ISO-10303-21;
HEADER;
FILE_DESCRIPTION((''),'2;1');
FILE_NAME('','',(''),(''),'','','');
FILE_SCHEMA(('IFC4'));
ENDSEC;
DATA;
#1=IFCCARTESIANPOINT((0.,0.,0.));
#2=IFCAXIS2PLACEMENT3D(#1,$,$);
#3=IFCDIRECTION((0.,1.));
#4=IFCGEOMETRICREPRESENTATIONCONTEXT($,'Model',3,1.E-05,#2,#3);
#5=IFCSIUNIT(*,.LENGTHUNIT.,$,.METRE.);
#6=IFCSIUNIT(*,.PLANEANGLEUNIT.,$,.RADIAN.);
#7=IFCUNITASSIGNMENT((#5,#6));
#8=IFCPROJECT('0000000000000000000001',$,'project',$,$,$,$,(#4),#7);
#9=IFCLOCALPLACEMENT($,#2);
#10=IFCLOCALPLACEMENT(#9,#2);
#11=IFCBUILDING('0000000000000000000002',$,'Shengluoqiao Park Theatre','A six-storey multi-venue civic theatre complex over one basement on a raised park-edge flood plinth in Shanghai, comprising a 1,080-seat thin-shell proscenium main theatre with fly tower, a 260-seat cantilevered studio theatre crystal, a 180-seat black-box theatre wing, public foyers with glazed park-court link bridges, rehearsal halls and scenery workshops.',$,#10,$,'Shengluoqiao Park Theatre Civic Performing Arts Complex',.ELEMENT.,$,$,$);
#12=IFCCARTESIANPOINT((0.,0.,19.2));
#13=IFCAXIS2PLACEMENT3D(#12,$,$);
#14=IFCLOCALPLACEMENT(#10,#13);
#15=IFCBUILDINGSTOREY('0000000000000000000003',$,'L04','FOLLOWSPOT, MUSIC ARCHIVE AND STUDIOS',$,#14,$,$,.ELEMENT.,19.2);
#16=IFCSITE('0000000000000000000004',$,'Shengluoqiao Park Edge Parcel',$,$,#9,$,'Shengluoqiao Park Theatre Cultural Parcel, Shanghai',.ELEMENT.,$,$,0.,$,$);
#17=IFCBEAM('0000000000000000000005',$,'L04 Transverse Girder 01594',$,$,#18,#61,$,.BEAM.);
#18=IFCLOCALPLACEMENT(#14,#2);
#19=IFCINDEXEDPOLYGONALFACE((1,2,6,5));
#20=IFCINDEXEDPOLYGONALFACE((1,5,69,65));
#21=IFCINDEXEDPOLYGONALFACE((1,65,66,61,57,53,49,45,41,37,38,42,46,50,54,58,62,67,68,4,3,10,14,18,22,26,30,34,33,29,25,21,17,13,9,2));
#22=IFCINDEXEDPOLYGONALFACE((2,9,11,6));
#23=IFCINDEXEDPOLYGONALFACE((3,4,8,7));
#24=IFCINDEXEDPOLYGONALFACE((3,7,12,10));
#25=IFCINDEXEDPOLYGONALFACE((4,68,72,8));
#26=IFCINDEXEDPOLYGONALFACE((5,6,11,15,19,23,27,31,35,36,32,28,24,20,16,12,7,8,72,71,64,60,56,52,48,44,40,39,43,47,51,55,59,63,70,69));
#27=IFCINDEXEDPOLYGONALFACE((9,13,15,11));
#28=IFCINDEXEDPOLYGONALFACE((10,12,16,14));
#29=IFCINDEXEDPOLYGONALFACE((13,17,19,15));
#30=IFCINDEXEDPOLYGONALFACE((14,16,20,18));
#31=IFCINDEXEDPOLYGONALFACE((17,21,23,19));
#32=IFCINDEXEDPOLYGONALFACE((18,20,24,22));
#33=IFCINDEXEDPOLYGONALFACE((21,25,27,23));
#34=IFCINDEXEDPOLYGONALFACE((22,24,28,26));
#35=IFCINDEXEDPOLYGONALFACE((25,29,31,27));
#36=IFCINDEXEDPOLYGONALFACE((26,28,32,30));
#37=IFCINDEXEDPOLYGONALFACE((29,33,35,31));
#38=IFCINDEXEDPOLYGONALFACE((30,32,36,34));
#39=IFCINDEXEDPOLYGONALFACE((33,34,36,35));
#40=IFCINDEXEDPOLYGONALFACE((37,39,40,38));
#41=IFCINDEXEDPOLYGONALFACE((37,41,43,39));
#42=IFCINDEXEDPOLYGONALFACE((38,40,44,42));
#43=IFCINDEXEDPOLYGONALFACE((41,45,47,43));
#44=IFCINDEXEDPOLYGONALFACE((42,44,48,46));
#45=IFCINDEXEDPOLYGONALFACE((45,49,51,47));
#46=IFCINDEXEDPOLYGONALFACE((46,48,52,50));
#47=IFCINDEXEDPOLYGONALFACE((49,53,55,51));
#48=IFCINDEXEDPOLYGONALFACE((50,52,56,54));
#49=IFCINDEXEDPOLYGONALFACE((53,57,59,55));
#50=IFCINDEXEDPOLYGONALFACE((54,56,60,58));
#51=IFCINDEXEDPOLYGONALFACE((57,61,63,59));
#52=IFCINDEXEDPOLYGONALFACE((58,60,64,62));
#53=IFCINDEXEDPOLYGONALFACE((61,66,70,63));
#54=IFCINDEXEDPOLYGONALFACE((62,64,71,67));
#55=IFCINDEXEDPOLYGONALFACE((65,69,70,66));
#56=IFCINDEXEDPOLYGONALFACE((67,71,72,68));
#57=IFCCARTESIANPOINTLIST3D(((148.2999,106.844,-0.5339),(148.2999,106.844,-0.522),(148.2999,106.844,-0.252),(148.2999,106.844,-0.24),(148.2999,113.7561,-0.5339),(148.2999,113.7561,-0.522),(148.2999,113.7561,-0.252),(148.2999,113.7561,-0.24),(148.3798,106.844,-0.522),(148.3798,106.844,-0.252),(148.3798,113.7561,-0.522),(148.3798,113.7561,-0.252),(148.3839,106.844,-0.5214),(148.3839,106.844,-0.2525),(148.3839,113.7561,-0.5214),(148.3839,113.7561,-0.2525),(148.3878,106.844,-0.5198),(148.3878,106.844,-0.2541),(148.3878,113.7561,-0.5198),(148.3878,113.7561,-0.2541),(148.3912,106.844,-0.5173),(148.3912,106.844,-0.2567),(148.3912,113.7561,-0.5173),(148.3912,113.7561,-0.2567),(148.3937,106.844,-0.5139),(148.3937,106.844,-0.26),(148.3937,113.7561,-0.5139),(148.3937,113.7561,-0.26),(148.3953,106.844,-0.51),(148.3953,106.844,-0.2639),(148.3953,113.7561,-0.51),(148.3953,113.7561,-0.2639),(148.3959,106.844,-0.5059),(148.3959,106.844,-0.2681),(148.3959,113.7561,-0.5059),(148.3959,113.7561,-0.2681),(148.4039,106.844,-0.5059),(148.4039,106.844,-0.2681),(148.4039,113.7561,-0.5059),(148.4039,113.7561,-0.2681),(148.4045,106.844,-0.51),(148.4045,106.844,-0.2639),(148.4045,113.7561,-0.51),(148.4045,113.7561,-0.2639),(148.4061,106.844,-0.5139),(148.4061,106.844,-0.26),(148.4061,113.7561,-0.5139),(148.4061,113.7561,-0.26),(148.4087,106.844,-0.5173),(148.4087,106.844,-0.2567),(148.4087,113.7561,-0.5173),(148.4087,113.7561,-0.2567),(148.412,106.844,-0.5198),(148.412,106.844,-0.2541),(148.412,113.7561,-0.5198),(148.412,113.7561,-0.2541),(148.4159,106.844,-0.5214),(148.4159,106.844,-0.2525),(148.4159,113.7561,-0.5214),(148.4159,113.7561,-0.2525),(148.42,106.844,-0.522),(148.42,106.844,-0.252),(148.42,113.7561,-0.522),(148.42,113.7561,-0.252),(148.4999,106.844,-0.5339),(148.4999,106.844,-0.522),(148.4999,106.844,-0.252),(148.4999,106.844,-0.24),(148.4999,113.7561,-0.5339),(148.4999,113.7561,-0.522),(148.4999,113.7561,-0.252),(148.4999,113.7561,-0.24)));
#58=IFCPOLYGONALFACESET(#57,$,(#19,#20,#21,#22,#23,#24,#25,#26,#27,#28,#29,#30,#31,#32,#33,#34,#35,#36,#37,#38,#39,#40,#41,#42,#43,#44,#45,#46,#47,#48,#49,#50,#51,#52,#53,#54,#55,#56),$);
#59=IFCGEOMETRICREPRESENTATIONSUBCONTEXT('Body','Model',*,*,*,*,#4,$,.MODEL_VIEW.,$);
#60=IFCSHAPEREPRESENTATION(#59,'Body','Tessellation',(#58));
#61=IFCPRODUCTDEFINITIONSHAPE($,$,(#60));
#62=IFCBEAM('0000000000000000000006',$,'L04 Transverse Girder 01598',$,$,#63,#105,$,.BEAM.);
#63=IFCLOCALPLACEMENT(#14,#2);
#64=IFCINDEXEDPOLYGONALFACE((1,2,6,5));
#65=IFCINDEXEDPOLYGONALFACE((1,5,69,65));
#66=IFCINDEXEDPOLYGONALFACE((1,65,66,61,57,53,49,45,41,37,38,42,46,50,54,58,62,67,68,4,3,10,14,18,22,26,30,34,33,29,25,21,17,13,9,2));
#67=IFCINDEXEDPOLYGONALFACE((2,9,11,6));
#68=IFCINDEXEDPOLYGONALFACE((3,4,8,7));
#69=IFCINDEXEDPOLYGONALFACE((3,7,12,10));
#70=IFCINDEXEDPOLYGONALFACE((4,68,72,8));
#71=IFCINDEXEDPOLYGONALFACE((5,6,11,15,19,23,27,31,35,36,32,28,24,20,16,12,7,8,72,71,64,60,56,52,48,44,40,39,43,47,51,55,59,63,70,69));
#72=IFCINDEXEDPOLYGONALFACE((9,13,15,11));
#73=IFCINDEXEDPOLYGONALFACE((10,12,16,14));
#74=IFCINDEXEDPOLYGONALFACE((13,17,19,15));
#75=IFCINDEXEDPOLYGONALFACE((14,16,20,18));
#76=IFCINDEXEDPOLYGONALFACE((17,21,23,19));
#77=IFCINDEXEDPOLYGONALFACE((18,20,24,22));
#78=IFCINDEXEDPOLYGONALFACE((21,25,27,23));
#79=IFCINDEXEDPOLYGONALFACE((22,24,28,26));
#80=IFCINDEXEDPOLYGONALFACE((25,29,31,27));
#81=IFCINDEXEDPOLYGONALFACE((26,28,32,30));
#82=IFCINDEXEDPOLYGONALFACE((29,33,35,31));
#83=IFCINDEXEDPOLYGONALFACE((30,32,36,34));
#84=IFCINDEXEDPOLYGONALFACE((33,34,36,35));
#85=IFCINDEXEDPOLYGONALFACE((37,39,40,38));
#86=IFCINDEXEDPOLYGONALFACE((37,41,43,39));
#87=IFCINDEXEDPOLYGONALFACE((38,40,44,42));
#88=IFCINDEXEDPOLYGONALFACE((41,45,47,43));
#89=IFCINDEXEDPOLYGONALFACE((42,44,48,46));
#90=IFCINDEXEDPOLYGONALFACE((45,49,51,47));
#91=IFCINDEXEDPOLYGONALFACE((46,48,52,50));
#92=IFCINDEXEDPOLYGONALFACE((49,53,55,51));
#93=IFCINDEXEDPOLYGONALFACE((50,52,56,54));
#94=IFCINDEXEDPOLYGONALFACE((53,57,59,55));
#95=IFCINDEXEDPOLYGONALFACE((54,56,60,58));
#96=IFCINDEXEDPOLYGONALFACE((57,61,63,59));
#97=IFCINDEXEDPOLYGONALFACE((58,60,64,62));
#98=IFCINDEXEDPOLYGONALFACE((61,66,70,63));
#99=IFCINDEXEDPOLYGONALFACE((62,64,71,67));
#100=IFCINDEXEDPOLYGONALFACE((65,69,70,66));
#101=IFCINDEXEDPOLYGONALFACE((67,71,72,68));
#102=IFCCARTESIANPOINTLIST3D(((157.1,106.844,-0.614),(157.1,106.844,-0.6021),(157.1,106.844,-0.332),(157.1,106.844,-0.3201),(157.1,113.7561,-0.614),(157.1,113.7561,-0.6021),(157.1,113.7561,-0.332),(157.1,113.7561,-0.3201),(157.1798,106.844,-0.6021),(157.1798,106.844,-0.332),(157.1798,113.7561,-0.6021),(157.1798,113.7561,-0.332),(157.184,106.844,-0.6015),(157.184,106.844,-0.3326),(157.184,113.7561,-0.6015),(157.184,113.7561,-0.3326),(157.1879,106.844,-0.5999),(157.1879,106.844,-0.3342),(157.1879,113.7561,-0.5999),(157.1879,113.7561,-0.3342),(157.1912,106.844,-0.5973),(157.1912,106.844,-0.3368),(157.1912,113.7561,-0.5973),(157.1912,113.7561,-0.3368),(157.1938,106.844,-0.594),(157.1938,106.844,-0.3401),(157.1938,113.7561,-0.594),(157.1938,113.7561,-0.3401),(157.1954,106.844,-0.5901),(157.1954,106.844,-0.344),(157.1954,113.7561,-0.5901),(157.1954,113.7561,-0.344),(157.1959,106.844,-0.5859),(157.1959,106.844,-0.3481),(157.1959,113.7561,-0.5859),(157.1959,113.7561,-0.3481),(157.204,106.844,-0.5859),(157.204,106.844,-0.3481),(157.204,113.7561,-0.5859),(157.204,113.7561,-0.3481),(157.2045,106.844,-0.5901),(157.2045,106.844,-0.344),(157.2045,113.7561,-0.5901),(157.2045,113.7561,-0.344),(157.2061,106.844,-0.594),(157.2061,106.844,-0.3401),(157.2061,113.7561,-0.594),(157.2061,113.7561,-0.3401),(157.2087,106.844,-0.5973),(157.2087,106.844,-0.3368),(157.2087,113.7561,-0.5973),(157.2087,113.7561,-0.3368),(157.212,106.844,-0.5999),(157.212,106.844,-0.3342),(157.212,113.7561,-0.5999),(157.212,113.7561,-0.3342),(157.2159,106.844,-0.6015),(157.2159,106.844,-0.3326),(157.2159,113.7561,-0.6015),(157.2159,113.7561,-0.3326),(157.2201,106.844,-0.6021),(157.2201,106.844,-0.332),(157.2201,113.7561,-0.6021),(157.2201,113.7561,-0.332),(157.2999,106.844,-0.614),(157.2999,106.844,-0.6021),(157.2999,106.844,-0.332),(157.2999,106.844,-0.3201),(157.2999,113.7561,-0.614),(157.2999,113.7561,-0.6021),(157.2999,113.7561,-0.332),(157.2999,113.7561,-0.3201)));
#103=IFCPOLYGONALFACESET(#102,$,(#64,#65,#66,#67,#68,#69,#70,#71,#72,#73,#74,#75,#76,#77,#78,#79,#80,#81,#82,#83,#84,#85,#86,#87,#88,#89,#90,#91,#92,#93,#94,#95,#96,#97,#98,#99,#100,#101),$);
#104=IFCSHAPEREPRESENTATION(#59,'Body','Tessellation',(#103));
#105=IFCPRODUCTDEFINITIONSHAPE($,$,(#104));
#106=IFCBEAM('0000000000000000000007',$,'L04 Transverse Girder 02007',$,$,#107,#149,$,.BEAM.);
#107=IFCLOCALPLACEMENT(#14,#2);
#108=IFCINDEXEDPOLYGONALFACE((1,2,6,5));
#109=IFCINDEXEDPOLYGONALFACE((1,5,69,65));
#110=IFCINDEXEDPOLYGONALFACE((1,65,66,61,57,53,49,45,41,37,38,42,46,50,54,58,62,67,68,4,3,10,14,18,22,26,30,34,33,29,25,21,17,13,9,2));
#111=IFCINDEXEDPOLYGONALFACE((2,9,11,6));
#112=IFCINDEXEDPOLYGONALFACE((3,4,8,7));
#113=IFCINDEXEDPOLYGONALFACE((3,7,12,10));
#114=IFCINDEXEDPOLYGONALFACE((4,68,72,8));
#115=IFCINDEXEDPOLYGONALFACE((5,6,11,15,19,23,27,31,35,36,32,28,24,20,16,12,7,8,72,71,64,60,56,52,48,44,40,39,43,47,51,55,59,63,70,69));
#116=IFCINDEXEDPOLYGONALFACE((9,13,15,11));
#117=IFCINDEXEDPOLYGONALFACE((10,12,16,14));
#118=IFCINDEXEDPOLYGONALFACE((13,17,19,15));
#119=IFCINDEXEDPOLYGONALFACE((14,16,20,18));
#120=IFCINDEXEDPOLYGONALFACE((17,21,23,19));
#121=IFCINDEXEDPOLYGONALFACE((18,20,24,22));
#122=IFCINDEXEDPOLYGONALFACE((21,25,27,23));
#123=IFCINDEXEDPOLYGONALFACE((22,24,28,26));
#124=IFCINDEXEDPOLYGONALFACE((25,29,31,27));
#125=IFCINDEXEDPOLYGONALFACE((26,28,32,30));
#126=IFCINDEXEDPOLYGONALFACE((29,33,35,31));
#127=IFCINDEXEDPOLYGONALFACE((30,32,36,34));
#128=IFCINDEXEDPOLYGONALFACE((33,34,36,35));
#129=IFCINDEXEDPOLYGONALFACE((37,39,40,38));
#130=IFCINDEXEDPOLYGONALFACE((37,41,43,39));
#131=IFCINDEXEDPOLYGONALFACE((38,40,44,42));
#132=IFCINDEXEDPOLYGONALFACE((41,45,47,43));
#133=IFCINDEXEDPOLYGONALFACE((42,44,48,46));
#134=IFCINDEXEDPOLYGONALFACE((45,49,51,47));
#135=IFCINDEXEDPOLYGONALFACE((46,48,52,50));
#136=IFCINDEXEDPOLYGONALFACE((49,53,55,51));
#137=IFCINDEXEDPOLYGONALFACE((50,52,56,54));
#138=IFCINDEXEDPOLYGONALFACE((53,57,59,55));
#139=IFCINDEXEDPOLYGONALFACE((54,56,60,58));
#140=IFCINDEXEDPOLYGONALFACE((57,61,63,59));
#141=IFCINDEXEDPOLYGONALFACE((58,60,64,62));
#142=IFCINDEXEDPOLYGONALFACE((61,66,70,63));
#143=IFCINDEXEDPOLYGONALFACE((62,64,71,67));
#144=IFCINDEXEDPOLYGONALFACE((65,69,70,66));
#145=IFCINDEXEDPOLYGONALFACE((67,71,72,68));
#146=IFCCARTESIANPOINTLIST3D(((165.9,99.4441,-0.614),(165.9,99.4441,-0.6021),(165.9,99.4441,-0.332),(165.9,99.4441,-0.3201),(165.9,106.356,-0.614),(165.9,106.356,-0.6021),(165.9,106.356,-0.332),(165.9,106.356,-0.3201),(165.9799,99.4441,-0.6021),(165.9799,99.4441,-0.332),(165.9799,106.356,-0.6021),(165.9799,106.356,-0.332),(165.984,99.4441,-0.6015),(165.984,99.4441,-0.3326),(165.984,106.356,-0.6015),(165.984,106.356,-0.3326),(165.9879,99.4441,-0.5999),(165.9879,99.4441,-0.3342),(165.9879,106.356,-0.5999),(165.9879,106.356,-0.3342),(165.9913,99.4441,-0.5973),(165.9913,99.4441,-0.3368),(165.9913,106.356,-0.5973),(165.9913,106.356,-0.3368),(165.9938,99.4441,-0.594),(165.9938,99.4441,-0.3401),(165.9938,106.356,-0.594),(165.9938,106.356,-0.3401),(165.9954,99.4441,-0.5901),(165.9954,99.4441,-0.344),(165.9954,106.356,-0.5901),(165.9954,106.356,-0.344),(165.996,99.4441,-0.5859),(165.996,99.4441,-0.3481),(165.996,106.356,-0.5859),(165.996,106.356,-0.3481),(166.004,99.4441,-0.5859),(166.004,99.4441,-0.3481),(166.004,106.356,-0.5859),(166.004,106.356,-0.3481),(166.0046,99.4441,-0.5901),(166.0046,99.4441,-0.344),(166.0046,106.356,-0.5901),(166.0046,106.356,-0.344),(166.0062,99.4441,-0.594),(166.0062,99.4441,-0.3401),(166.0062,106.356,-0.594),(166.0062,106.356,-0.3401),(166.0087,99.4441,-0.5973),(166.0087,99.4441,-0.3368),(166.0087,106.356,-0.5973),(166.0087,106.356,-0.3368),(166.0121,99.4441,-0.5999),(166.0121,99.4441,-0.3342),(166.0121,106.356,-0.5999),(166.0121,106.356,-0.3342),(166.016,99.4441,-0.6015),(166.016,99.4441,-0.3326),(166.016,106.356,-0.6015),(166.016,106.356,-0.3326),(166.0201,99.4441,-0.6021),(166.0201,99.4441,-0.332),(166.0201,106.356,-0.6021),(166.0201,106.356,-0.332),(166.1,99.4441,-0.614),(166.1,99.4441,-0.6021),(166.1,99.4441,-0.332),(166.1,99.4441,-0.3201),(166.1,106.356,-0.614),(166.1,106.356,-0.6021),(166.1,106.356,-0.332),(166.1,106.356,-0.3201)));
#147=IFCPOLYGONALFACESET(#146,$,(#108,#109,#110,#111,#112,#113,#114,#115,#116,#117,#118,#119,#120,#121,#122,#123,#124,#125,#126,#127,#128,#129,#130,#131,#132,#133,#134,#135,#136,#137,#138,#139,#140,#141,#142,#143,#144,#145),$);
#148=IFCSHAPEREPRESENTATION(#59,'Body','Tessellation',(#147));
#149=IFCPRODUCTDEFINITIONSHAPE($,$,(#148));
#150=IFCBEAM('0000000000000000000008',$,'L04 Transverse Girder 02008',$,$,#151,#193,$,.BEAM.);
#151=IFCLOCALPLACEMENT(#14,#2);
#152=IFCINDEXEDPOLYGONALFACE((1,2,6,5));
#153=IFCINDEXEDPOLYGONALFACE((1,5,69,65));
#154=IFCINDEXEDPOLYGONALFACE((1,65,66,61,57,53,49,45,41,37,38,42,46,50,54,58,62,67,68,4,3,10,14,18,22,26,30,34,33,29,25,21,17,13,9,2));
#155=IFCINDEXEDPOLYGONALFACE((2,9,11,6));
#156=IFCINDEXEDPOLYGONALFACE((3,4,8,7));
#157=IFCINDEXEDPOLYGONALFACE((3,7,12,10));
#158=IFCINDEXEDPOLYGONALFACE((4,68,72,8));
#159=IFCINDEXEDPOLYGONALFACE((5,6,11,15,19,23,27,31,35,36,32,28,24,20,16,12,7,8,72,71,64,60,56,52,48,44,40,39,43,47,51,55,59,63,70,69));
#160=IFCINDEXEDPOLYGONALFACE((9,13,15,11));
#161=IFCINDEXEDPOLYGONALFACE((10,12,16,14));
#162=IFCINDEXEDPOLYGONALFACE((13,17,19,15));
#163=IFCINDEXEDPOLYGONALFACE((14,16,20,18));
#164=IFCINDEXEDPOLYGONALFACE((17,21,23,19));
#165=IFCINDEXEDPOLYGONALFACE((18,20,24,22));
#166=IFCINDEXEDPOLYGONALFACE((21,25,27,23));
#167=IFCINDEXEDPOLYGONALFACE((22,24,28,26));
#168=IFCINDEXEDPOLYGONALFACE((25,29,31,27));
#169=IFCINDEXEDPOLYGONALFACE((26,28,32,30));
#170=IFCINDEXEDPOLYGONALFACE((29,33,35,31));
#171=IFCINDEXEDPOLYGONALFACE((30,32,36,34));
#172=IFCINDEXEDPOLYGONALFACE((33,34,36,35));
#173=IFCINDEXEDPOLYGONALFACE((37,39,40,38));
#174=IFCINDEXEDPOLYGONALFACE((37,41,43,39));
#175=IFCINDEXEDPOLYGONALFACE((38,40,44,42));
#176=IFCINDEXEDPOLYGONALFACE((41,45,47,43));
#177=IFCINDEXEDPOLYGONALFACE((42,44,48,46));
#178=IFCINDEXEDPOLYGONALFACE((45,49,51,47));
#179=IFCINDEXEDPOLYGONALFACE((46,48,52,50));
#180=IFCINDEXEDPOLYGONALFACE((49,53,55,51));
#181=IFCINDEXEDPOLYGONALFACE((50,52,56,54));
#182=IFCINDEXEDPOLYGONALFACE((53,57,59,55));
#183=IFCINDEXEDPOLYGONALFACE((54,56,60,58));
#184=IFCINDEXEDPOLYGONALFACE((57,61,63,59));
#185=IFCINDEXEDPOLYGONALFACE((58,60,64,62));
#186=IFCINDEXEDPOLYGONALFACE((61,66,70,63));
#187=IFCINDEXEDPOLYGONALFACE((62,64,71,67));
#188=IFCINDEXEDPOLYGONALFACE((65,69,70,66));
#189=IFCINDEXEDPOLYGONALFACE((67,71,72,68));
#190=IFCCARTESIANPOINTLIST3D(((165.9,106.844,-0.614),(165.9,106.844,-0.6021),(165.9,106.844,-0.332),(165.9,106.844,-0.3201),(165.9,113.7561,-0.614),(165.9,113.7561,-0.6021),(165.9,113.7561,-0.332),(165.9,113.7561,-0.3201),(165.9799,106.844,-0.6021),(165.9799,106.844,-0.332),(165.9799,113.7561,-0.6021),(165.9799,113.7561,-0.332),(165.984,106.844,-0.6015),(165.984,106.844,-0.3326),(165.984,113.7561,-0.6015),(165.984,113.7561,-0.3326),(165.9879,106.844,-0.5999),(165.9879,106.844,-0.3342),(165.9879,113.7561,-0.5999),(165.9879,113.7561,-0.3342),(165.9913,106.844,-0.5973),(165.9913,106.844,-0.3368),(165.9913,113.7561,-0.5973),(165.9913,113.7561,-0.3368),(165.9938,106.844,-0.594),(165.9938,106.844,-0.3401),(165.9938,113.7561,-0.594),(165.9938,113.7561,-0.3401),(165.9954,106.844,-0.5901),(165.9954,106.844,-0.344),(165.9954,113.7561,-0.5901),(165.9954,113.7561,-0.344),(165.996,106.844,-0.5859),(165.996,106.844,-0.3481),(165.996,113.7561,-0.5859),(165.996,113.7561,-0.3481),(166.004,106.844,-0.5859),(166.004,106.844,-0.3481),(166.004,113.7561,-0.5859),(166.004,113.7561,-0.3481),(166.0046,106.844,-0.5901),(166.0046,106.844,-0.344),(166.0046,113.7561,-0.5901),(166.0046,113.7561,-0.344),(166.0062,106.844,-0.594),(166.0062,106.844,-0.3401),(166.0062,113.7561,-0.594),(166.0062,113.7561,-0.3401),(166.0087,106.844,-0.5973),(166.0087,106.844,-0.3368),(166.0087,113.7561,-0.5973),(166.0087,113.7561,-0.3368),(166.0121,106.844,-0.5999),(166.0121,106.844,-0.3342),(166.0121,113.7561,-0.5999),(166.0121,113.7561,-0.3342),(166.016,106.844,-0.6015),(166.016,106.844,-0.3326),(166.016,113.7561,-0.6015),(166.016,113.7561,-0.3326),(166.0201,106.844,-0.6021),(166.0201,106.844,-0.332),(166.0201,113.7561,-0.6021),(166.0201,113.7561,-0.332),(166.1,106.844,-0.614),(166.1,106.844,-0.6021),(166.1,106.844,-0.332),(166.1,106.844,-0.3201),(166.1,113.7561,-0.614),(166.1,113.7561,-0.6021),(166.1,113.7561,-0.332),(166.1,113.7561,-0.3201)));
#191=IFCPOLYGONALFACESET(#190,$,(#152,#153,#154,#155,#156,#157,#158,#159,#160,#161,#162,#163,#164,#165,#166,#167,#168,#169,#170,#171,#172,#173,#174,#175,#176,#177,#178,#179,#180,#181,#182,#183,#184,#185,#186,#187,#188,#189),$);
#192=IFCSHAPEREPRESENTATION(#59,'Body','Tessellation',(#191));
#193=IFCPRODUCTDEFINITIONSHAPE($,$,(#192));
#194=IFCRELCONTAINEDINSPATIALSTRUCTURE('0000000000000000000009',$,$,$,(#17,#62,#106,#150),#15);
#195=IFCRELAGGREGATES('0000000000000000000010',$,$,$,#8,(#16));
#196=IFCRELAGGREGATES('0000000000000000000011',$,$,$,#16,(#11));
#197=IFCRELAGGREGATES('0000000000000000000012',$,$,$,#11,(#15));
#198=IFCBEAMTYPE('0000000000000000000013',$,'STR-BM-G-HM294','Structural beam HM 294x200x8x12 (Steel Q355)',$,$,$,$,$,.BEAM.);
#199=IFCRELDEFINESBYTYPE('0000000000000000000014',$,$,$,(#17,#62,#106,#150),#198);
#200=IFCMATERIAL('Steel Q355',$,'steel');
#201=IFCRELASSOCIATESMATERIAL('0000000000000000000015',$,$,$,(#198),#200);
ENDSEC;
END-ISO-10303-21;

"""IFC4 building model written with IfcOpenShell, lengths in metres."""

from ifc_helpers import new_model, si_unit, direction, frame, origin, origin_2d, place, context, subcontext, project, spatial, i_section, extrude, material, material_profile, profile_set, type_object, element, save


model = new_model("IFC4")

# Units and contexts
model_context = context("Model", 3, precision=1e-05, world=origin(), true_north=direction((0.0, 1.0)))
body_context = subcontext(model_context, "Body", "Model", "MODEL_VIEW")
ifc_project = project(units=[si_unit("LENGTHUNIT", "METRE"), si_unit("PLANEANGLEUNIT", "RADIAN")], contexts=[model_context])

# Site, building, storey
site_placement = place(None, origin())
site = spatial("IfcSite", under=ifc_project, at=site_placement, Name="Shengluoqiao Park Edge Parcel", LongName="Shengluoqiao Park Theatre Cultural Parcel, Shanghai", CompositionType="ELEMENT", RefElevation=0.0)
building_placement = place(site_placement, origin())
building = spatial("IfcBuilding", under=site, at=building_placement, Name="Shengluoqiao Park Theatre", Description="A six-storey multi-venue civic theatre complex over one basement on a raised park-edge flood plinth in Shanghai, comprising a 1,080-seat thin-shell proscenium main theatre with fly tower, a 260-seat cantilevered studio theatre crystal, a 180-seat black-box theatre wing, public foyers with glazed park-court link bridges, rehearsal halls and scenery workshops.", LongName="Shengluoqiao Park Theatre Civic Performing Arts Complex", CompositionType="ELEMENT")
storey_placement = place(building_placement, frame((0.0, 0.0, 19.2)))
storey = spatial("IfcBuildingStorey", under=building, at=storey_placement, Name="L04", Description="FOLLOWSPOT, MUSIC ARCHIVE AND STUDIOS", CompositionType="ELEMENT", Elevation=19.2)

# Shared definitions
ifc_material_1 = material(Name="Steel Q355", Category="steel")

# Beams
ifc_material_profile_1 = material_profile(ifc_material_1, i_section(OverallWidth=0.2, OverallDepth=0.2939, WebThickness=0.0081, FlangeThickness=0.012, FilletRadius=0.0161, at=origin_2d()), Name="HM 294x200x8x12")
ifc_profile_set_1 = profile_set([ifc_material_profile_1], Name="Steel Q355")
beam_type_1 = type_object("IfcBeamType", Name="STR-BM-G-HM294", Description="Structural beam HM 294x200x8x12 (Steel Q355)", PredefinedType="BEAM", material=ifc_profile_set_1)
for number, where, z_axis, x_axis, name in (
    (1, (148.3999, 106.844, -0.387), (0.0, 1.0, 0.0), (-1.0, 0.0, 0.0), "L04 Transverse Girder 01594"),
    (2, (157.2, 106.844, -0.467), (0.0, 1.0, 0.0), (-1.0, 0.0, 0.0), "L04 Transverse Girder 01598"),
):
    element("IfcBeam", number, at=place(storey_placement, frame(where, z_axis=z_axis, x_axis=x_axis)), inside=storey, type_object=beam_type_1, Name=name, PredefinedType="BEAM", context=body_context, shape_type="SweptSolid", body=[
        extrude(i_section(OverallWidth=0.2, OverallDepth=0.2939, WebThickness=0.0081, FlangeThickness=0.012, FilletRadius=0.0161, at=origin_2d()), origin(), (0.0, 0.0, 1.0), 6.9121),
    ])
beam_1_placement = place(storey_placement, frame((166.0, 99.4441, -0.467), z_axis=(0.0, 1.0, 0.0), x_axis=(-1.0, 0.0, 0.0)))
element("IfcBeam", 3, at=beam_1_placement, inside=storey, type_object=beam_type_1, Name="L04 Transverse Girder 02007", PredefinedType="BEAM", context=body_context, shape_type="SweptSolid", body=[
    extrude(i_section(OverallWidth=0.2, OverallDepth=0.2939, WebThickness=0.0081, FlangeThickness=0.012, FilletRadius=0.0161, at=origin_2d()), origin(), (0.0, 0.0, 1.0), 6.9119),
])
beam_2_placement = place(storey_placement, frame((166.0, 106.844, -0.467), z_axis=(0.0, 1.0, 0.0), x_axis=(-1.0, 0.0, 0.0)))
element("IfcBeam", 4, at=beam_2_placement, inside=storey, type_object=beam_type_1, Name="L04 Transverse Girder 02008", PredefinedType="BEAM", context=body_context, shape_type="SweptSolid", body=[
    extrude(i_section(OverallWidth=0.2, OverallDepth=0.2939, WebThickness=0.0081, FlangeThickness=0.012, FilletRadius=0.0161, at=origin_2d()), origin(), (0.0, 0.0, 1.0), 6.9121),
])

save(model, "model.ifc")
